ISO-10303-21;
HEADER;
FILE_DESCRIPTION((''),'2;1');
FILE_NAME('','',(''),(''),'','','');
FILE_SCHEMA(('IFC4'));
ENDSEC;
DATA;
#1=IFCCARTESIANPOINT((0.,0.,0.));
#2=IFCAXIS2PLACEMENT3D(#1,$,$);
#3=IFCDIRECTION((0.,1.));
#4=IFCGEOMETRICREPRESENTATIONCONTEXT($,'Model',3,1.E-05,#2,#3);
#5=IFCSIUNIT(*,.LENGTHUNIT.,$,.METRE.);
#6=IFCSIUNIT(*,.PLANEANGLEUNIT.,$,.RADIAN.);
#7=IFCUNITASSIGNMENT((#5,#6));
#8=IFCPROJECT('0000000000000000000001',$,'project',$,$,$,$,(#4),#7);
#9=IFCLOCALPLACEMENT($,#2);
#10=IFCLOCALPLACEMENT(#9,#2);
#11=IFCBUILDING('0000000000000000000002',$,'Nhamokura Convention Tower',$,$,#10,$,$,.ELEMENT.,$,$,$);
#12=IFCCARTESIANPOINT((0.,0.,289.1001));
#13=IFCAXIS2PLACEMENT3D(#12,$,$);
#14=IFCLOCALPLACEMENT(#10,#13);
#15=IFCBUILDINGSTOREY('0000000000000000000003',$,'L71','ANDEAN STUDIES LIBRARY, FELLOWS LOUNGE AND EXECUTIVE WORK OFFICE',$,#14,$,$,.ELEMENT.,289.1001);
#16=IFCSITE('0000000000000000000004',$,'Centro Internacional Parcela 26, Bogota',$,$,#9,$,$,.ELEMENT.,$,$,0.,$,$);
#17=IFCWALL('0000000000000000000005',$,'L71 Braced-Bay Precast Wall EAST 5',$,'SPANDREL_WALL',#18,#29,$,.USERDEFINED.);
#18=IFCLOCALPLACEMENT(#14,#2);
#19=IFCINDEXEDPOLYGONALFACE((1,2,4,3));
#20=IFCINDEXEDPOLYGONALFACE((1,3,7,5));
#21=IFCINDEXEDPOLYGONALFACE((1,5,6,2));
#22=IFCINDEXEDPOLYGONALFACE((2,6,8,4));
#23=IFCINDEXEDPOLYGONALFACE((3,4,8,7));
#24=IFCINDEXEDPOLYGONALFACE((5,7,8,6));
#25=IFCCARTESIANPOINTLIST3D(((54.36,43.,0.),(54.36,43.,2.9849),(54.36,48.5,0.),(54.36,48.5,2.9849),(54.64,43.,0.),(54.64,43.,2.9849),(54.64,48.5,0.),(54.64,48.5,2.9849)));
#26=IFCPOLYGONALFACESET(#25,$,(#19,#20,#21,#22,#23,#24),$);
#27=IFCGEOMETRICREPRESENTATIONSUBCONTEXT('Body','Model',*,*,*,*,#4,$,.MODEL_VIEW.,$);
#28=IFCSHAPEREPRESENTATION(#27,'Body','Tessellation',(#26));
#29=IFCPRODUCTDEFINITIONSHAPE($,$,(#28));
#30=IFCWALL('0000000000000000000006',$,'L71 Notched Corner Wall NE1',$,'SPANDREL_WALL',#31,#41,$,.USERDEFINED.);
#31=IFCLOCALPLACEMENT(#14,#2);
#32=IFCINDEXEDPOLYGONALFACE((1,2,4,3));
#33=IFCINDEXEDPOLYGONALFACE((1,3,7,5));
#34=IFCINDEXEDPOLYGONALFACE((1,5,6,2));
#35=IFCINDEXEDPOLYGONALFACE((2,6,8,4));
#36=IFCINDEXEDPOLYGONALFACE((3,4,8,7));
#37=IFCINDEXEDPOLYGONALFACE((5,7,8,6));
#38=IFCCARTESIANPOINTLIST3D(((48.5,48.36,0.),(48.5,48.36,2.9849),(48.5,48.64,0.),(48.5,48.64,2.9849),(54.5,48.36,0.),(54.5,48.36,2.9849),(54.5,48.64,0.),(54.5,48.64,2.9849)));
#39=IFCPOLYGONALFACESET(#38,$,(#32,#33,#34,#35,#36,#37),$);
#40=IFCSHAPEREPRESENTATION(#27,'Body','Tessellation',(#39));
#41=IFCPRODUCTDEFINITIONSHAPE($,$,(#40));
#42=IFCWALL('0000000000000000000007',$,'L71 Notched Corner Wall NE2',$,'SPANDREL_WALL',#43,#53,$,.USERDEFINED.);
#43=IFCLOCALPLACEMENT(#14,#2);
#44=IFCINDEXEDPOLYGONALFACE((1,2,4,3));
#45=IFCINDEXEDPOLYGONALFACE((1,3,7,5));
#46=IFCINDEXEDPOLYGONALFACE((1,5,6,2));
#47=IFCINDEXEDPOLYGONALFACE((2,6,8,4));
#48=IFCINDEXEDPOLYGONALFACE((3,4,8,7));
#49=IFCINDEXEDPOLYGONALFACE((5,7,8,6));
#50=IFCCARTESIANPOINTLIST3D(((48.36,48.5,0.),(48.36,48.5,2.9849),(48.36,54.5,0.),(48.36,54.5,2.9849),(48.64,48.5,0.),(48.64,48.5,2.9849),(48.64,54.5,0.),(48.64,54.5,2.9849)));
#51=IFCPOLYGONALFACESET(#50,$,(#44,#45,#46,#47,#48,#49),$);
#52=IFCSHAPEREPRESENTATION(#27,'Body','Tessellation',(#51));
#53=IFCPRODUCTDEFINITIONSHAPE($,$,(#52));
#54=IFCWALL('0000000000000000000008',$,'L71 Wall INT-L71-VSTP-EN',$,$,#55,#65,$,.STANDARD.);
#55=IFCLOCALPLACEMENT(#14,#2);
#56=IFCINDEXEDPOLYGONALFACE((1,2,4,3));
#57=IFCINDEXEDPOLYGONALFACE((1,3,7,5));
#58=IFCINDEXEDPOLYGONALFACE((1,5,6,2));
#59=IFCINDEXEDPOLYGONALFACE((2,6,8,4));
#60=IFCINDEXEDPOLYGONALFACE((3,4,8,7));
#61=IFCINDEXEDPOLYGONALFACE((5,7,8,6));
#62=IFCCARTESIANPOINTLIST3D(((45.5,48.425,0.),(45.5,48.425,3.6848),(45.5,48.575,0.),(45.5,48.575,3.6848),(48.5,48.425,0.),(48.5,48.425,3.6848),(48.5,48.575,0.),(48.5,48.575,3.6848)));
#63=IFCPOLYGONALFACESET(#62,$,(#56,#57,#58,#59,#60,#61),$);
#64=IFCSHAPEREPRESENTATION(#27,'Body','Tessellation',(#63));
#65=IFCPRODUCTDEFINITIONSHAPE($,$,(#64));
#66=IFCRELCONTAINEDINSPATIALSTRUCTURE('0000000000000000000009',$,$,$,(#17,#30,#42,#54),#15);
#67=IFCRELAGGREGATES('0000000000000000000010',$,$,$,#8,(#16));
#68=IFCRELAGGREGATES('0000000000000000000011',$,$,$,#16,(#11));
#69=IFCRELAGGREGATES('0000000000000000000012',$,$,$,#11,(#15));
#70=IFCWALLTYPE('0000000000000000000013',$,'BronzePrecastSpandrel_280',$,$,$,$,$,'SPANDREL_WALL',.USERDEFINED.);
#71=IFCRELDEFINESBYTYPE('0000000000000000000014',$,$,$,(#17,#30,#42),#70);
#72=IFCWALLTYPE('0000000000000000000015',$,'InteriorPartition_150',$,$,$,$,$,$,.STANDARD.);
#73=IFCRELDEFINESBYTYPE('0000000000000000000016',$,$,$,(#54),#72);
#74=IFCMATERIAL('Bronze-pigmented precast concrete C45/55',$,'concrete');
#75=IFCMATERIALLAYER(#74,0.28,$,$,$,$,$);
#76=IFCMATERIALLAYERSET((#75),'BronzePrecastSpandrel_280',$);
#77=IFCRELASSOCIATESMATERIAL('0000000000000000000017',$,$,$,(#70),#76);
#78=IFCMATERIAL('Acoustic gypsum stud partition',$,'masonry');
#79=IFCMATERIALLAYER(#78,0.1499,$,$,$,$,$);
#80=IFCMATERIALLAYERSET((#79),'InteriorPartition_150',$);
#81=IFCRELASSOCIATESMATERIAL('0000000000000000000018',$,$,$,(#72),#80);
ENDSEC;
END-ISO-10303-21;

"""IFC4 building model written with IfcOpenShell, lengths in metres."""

from ifc_helpers import new_model, si_unit, direction, frame, frame_2d, origin, place, context, subcontext, project, spatial, rectangle, extrude, material, layer, layer_set, type_object, element, save


model = new_model("IFC4")

# Units and contexts
model_context = context("Model", 3, precision=1e-05, world=origin(), true_north=direction((0.0, 1.0)))
body_context = subcontext(model_context, "Body", "Model", "MODEL_VIEW")
ifc_project = project(units=[si_unit("LENGTHUNIT", "METRE"), si_unit("PLANEANGLEUNIT", "RADIAN")], contexts=[model_context])

# Site, building, storey
site_placement = place(None, origin())
site = spatial("IfcSite", under=ifc_project, at=site_placement, Name="Centro Internacional Parcela 26, Bogota", CompositionType="ELEMENT", RefElevation=0.0)
building_placement = place(site_placement, origin())
building = spatial("IfcBuilding", under=site, at=building_placement, Name="Nhamokura Convention Tower", CompositionType="ELEMENT")
storey_placement = place(building_placement, frame((0.0, 0.0, 289.1001)))
storey = spatial("IfcBuildingStorey", under=building, at=storey_placement, Name="L71", Description="ANDEAN STUDIES LIBRARY, FELLOWS LOUNGE AND EXECUTIVE WORK OFFICE", CompositionType="ELEMENT", Elevation=289.1001)

# Shared definitions
ifc_material_1 = material(Name="Bronze-pigmented precast concrete C45/55", Category="concrete")
ifc_layer_1 = layer(ifc_material_1, 0.28)
ifc_layer_set_1 = layer_set([ifc_layer_1], Name="BronzePrecastSpandrel_280")
wall_type_1 = type_object("IfcWallType", Name="BronzePrecastSpandrel_280", ElementType="SPANDREL_WALL", PredefinedType="USERDEFINED", material=ifc_layer_set_1)

# Walls
wall_1_placement = place(storey_placement, frame((54.5, 48.5, 0.0), z_axis=(0.0, 0.0, 1.0), x_axis=(0.0, -1.0, 0.0)))
element("IfcWall", 1, at=wall_1_placement, inside=storey, type_object=wall_type_1, Name="L71 Braced-Bay Precast Wall EAST 5", ObjectType="SPANDREL_WALL", PredefinedType="USERDEFINED", context=body_context, shape_type="SweptSolid", body=[
    extrude(rectangle(XDim=5.5, YDim=0.28, at=frame_2d((2.75, 0.0))), origin(), (0.0, 0.0, 1.0), 2.9849),
])
for number, where, z_axis, x_axis, name in (
    (2, (48.5, 48.5, 0.0), (0.0, 0.0, 1.0), (1.0, 0.0, 0.0), "L71 Notched Corner Wall NE1"),
    (3, (48.5, 54.5, 0.0), (0.0, 0.0, 1.0), (0.0, -1.0, 0.0), "L71 Notched Corner Wall NE2"),
):
    element("IfcWall", number, at=place(storey_placement, frame(where, z_axis=z_axis, x_axis=x_axis)), inside=storey, type_object=wall_type_1, Name=name, ObjectType="SPANDREL_WALL", PredefinedType="USERDEFINED", context=body_context, shape_type="SweptSolid", body=[
        extrude(rectangle(XDim=6.0, YDim=0.28, at=frame_2d((3.0, 0.0))), origin(), (0.0, 0.0, 1.0), 2.9849),
    ])
ifc_material_2 = material(Name="Acoustic gypsum stud partition", Category="masonry")
ifc_layer_2 = layer(ifc_material_2, 0.1499)
ifc_layer_set_2 = layer_set([ifc_layer_2], Name="InteriorPartition_150")
wall_type_2 = type_object("IfcWallType", Name="InteriorPartition_150", PredefinedType="STANDARD", material=ifc_layer_set_2)
wall_2_placement = place(storey_placement, frame((45.5, 48.5, 0.0), z_axis=(0.0, 0.0, 1.0), x_axis=(1.0, 0.0, 0.0)))
element("IfcWall", 4, at=wall_2_placement, inside=storey, type_object=wall_type_2, Name="L71 Wall INT-L71-VSTP-EN", PredefinedType="STANDARD", context=body_context, shape_type="SweptSolid", body=[
    extrude(rectangle(XDim=3.0, YDim=0.1499, at=frame_2d((1.5, 0.0))), origin(), (0.0, 0.0, 1.0), 3.6848),
])

save(model, "model.ifc")
